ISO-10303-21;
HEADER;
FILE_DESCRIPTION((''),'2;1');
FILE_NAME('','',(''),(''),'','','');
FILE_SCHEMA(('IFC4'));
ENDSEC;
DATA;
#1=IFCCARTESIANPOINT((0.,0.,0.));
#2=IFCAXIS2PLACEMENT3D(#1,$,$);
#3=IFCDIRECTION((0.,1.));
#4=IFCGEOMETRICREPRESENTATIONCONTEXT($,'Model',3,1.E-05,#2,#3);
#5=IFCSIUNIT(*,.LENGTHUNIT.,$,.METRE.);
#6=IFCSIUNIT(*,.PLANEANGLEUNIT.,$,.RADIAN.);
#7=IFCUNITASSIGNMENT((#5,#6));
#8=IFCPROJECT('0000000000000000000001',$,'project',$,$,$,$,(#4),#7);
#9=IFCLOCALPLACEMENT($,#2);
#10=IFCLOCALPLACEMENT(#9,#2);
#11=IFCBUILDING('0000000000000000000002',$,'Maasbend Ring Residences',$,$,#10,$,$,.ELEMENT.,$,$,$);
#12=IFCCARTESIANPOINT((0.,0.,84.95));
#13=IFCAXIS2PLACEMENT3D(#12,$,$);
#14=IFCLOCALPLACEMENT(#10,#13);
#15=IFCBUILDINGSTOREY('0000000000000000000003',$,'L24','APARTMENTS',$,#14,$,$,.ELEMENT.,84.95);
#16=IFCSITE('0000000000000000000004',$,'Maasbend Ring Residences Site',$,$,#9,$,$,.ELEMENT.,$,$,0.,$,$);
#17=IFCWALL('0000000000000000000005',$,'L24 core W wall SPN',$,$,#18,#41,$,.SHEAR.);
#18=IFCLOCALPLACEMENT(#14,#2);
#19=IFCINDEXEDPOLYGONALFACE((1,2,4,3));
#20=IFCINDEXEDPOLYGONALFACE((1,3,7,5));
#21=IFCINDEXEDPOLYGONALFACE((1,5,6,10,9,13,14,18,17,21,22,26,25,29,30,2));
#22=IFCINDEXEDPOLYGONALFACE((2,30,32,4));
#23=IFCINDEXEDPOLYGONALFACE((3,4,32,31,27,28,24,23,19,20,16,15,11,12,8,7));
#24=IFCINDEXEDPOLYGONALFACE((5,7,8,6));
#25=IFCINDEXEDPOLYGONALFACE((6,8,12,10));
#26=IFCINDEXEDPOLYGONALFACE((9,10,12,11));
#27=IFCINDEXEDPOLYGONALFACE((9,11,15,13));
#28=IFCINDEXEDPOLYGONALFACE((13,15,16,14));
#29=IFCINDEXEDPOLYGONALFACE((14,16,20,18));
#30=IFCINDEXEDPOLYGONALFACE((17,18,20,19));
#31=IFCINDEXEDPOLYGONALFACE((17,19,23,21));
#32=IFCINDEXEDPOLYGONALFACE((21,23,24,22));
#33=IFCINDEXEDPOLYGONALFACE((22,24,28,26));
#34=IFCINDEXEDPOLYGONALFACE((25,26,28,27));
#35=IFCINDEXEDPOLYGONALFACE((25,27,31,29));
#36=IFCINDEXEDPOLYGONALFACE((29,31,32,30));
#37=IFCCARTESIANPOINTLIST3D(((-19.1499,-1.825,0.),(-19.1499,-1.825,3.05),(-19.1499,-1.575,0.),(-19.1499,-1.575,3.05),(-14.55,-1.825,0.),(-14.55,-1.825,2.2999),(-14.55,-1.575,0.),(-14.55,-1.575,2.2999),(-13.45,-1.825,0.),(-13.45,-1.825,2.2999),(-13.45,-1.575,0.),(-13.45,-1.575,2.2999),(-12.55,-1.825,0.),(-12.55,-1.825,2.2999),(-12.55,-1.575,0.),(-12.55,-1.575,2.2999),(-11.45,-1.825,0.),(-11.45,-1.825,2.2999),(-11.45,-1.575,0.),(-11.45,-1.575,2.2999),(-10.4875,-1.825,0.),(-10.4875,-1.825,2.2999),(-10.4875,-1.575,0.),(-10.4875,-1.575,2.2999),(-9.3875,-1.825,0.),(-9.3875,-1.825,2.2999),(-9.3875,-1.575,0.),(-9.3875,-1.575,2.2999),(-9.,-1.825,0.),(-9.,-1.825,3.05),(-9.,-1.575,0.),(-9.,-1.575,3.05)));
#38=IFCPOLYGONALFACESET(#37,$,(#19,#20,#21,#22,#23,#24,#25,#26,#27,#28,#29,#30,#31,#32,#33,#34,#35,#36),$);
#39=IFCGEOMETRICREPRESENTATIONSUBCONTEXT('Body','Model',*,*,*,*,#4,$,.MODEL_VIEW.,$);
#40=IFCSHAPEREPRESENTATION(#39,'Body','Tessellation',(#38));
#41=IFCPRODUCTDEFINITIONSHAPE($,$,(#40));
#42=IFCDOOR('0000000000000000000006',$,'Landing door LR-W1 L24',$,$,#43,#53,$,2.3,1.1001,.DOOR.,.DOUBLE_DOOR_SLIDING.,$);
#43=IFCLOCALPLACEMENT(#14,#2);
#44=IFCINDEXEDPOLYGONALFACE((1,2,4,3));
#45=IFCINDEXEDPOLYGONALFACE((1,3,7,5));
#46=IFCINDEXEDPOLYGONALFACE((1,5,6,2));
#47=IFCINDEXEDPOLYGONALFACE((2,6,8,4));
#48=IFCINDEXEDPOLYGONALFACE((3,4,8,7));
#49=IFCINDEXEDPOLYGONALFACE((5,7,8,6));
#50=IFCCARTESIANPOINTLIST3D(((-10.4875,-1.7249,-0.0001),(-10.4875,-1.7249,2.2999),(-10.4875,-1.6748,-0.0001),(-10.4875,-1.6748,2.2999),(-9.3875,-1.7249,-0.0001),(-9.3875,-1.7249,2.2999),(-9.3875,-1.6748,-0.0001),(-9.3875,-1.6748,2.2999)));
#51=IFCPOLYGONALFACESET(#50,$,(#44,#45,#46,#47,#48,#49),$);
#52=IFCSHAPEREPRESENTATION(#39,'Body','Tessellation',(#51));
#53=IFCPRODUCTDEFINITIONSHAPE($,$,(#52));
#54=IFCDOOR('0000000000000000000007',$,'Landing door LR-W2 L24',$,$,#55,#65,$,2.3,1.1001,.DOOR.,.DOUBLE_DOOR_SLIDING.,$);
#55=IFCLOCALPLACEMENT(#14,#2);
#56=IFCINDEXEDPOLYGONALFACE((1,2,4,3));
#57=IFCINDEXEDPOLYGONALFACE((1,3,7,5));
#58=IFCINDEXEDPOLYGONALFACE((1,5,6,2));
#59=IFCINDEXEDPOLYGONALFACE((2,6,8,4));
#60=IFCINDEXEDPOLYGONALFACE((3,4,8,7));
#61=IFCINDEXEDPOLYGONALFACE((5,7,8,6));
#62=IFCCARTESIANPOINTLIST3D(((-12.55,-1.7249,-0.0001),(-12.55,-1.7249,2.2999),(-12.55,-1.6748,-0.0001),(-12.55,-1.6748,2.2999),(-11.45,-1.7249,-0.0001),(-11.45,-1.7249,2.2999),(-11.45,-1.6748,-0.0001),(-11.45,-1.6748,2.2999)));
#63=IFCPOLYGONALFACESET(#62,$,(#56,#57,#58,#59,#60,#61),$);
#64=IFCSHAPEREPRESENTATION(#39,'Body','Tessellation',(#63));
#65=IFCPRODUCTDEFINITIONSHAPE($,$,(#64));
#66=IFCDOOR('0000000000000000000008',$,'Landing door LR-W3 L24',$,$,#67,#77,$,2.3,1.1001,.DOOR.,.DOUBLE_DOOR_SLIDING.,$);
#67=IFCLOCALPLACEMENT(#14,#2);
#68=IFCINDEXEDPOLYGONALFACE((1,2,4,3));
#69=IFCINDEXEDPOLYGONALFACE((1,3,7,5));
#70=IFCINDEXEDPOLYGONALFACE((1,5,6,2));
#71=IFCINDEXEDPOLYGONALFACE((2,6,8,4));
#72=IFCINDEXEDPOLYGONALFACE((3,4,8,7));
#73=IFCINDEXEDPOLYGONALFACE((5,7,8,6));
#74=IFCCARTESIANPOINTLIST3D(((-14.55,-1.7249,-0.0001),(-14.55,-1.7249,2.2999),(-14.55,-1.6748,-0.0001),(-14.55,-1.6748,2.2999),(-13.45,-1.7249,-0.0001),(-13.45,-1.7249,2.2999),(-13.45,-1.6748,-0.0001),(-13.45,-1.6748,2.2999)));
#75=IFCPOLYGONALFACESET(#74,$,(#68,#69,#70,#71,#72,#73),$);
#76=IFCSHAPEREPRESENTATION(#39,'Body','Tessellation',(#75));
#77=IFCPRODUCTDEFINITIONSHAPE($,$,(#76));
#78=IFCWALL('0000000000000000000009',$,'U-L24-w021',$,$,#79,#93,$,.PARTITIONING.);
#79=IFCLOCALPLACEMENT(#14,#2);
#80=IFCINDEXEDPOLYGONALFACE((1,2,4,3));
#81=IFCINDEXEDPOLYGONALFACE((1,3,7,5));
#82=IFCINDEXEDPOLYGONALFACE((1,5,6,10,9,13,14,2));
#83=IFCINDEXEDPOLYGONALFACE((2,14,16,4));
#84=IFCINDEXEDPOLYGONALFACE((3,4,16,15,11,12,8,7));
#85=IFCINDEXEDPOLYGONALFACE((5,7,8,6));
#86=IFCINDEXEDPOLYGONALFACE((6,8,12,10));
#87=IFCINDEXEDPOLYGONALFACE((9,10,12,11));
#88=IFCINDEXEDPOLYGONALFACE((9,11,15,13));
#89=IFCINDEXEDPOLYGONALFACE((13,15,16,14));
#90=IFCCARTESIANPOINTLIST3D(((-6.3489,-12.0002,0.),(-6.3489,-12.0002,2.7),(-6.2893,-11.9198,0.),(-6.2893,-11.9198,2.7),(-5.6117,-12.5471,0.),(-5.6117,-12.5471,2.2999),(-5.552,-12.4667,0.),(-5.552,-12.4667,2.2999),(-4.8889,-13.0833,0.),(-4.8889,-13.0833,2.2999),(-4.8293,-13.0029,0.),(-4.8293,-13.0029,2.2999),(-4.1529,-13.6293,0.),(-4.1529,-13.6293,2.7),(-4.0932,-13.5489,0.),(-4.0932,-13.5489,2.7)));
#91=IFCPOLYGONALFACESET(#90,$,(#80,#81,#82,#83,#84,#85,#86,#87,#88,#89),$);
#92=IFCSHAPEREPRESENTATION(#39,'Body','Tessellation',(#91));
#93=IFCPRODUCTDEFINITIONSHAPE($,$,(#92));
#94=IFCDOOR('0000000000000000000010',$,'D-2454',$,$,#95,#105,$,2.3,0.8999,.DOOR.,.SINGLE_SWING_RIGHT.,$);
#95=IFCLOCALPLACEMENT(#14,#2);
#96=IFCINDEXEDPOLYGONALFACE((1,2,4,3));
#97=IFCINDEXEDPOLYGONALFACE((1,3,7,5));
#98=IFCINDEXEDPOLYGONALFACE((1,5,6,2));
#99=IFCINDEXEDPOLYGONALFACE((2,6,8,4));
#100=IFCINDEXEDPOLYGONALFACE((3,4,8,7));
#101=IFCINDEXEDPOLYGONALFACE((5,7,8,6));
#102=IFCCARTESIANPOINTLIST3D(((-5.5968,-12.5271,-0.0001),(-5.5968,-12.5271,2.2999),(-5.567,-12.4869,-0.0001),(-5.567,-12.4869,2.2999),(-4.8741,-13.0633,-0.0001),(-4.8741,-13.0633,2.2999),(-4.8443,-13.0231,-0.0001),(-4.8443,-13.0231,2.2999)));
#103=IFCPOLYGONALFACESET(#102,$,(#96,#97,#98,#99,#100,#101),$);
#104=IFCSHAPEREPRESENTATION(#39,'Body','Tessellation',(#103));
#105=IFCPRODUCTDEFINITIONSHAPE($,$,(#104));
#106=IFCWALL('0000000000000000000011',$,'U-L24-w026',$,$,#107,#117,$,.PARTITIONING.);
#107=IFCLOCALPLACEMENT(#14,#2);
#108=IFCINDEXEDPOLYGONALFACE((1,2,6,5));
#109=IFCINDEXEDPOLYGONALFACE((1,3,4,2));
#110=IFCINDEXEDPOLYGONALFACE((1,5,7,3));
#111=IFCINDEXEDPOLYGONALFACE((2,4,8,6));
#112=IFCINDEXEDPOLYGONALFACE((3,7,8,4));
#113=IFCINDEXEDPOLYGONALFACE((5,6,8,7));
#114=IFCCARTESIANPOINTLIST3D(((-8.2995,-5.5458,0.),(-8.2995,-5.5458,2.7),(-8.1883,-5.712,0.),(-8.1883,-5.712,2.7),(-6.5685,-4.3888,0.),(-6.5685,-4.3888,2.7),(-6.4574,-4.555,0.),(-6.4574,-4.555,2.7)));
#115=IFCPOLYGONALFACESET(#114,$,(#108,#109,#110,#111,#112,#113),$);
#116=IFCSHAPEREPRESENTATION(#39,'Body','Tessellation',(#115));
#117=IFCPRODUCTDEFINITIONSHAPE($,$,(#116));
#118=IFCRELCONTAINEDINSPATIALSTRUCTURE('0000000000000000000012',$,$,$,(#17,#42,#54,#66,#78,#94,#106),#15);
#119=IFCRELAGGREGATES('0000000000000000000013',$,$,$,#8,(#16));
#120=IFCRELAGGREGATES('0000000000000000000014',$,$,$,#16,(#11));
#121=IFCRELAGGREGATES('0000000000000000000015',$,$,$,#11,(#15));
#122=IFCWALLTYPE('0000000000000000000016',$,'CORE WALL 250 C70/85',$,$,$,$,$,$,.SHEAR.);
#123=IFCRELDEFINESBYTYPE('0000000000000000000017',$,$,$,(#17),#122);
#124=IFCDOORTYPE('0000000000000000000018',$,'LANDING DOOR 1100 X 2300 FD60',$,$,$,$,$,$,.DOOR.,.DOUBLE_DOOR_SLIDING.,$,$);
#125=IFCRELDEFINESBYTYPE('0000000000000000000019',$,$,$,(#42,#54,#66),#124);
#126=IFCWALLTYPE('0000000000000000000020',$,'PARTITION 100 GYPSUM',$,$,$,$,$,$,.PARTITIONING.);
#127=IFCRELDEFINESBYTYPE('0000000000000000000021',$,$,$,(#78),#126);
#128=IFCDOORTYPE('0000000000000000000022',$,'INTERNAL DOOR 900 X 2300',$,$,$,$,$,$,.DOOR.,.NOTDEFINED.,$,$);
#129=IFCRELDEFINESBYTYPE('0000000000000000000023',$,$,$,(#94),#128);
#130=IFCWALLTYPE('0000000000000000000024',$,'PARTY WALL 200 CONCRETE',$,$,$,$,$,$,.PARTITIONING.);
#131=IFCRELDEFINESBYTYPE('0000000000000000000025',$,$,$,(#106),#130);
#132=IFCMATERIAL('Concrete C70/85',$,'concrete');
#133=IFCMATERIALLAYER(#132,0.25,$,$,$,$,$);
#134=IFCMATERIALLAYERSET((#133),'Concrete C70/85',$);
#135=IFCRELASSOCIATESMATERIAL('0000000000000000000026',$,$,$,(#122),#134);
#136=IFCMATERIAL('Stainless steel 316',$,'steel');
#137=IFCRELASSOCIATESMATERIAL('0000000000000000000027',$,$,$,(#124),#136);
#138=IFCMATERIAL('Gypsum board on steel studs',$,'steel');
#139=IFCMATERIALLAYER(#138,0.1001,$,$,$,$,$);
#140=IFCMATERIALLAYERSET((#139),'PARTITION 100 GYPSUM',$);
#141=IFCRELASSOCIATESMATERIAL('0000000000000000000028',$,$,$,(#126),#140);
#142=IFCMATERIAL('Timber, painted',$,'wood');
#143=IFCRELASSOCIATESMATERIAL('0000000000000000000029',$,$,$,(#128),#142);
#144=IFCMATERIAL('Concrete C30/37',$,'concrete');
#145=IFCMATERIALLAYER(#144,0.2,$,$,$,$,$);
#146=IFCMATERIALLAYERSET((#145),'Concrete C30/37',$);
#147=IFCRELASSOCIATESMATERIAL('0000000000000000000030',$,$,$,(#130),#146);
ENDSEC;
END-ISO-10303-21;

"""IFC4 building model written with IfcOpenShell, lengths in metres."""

from ifc_helpers import new_model, si_unit, direction, frame, frame_2d, origin, place, context, subcontext, project, spatial, rectangle, extrude, material, layer, layer_set, type_object, element, fill, save


model = new_model("IFC4")

# Units and contexts
model_context = context("Model", 3, precision=1e-05, world=origin(), true_north=direction((0.0, 1.0)))
body_context = subcontext(model_context, "Body", "Model", "MODEL_VIEW")
ifc_project = project(units=[si_unit("LENGTHUNIT", "METRE"), si_unit("PLANEANGLEUNIT", "RADIAN")], contexts=[model_context])

# Site, building, storey
site_placement = place(None, origin())
site = spatial("IfcSite", under=ifc_project, at=site_placement, Name="Maasbend Ring Residences Site", CompositionType="ELEMENT", RefElevation=0.0)
building_placement = place(site_placement, origin())
building = spatial("IfcBuilding", under=site, at=building_placement, Name="Maasbend Ring Residences", CompositionType="ELEMENT")
storey_placement = place(building_placement, frame((0.0, 0.0, 84.95)))
storey = spatial("IfcBuildingStorey", under=building, at=storey_placement, Name="L24", Description="APARTMENTS", CompositionType="ELEMENT", Elevation=84.95)

# Wall, openings, doors
ifc_material_1 = material(Name="Concrete C70/85", Category="concrete")
ifc_layer_1 = layer(ifc_material_1, 0.25)
ifc_layer_set_1 = layer_set([ifc_layer_1], Name="Concrete C70/85")
wall_type_1 = type_object("IfcWallType", Name="CORE WALL 250 C70/85", PredefinedType="SHEAR", material=ifc_layer_set_1)
wall_1_placement = place(storey_placement, frame((-9.0, -1.7, 0.0), z_axis=(0.0, 0.0, 1.0), x_axis=(-1.0, 0.0, 0.0)))
wall_1 = element("IfcWall", 1, at=wall_1_placement, inside=storey, type_object=wall_type_1, Name="L24 core W wall SPN", PredefinedType="SHEAR", context=body_context, shape_type="SweptSolid", body=[
    extrude(rectangle(XDim=10.1499, YDim=0.25, at=frame_2d((5.075, 0.0))), origin(), (0.0, 0.0, 1.0), 3.05),
])
opening_1_placement = place(wall_1_placement, frame((0.3875, 0.0, 0.0)))
opening_1 = element("IfcOpeningElement", 2, at=opening_1_placement, cuts=wall_1, PredefinedType="OPENING", context=body_context, shape_type="SweptSolid", body=[
    extrude(rectangle(XDim=1.1001, YDim=2.3, at=frame_2d((0.55, 1.1499))), frame((0.0, 0.135, 0.0), z_axis=(0.0, -1.0, 0.0), x_axis=(1.0, 0.0, 0.0)), (0.0, 0.0, 1.0), 0.27),
])
opening_2_placement = place(wall_1_placement, frame((2.45, 0.0, 0.0)))
opening_2 = element("IfcOpeningElement", 3, at=opening_2_placement, cuts=wall_1, PredefinedType="OPENING", context=body_context, shape_type="SweptSolid", body=[
    extrude(rectangle(XDim=1.1001, YDim=2.3, at=frame_2d((0.55, 1.1499))), frame((0.0, 0.135, 0.0), z_axis=(0.0, -1.0, 0.0), x_axis=(1.0, 0.0, 0.0)), (0.0, 0.0, 1.0), 0.27),
])
opening_3_placement = place(wall_1_placement, frame((4.45, 0.0, 0.0)))
opening_3 = element("IfcOpeningElement", 4, at=opening_3_placement, cuts=wall_1, PredefinedType="OPENING", context=body_context, shape_type="SweptSolid", body=[
    extrude(rectangle(XDim=1.1001, YDim=2.3, at=frame_2d((0.55, 1.1499))), frame((0.0, 0.135, 0.0), z_axis=(0.0, -1.0, 0.0), x_axis=(1.0, 0.0, 0.0)), (0.0, 0.0, 1.0), 0.27),
])
ifc_material_2 = material(Name="Stainless steel 316", Category="steel")
door_type_1 = type_object("IfcDoorType", Name="LANDING DOOR 1100 X 2300 FD60", OperationType="DOUBLE_DOOR_SLIDING", PredefinedType="DOOR", material=ifc_material_2)
door_1_placement = place(opening_1_placement, origin())
door_1 = element("IfcDoor", 5, at=door_1_placement, inside=storey, type_object=door_type_1, Name="Landing door LR-W1 L24", OperationType="DOUBLE_DOOR_SLIDING", OverallHeight=2.3, OverallWidth=1.1001, PredefinedType="DOOR", context=body_context, shape_type="SweptSolid", body=[
    extrude(rectangle(XDim=1.1001, YDim=2.3, at=frame_2d((0.55, 1.1499))), frame((0.0, 0.0249, 0.0), z_axis=(0.0, -1.0, 0.0), x_axis=(1.0, 0.0, 0.0)), (0.0, 0.0, 1.0), 0.05),
])
fill(opening_1, door_1)
door_2_placement = place(opening_2_placement, origin())
door_2 = element("IfcDoor", 6, at=door_2_placement, inside=storey, type_object=door_type_1, Name="Landing door LR-W2 L24", OperationType="DOUBLE_DOOR_SLIDING", OverallHeight=2.3, OverallWidth=1.1001, PredefinedType="DOOR", context=body_context, shape_type="SweptSolid", body=[
    extrude(rectangle(XDim=1.1001, YDim=2.3, at=frame_2d((0.55, 1.1499))), frame((0.0, 0.0249, 0.0), z_axis=(0.0, -1.0, 0.0), x_axis=(1.0, 0.0, 0.0)), (0.0, 0.0, 1.0), 0.05),
])
fill(opening_2, door_2)
door_3_placement = place(opening_3_placement, origin())
door_3 = element("IfcDoor", 7, at=door_3_placement, inside=storey, type_object=door_type_1, Name="Landing door LR-W3 L24", OperationType="DOUBLE_DOOR_SLIDING", OverallHeight=2.3, OverallWidth=1.1001, PredefinedType="DOOR", context=body_context, shape_type="SweptSolid", body=[
    extrude(rectangle(XDim=1.1001, YDim=2.3, at=frame_2d((0.55, 1.1499))), frame((0.0, 0.0249, 0.0), z_axis=(0.0, -1.0, 0.0), x_axis=(1.0, 0.0, 0.0)), (0.0, 0.0, 1.0), 0.05),
])
fill(opening_3, door_3)

# Wall, opening, door
ifc_material_3 = material(Name="Gypsum board on steel studs", Category="steel")
ifc_layer_2 = layer(ifc_material_3, 0.1001)
ifc_layer_set_2 = layer_set([ifc_layer_2], Name="PARTITION 100 GYPSUM")
wall_type_2 = type_object("IfcWallType", Name="PARTITION 100 GYPSUM", PredefinedType="PARTITIONING", material=ifc_layer_set_2)
wall_2_placement = place(storey_placement, frame((-6.3191, -11.96, 0.0), z_axis=(0.0, 0.0, 1.0), x_axis=(0.803128, -0.595806, 0.0)))
wall_2 = element("IfcWall", 8, at=wall_2_placement, inside=storey, type_object=wall_type_2, Name="U-L24-w021", PredefinedType="PARTITIONING", context=body_context, shape_type="SweptSolid", body=[
    extrude(rectangle(XDim=2.7344, YDim=0.1001, at=frame_2d((1.3672, 0.0))), origin(), (0.0, 0.0, 1.0), 2.7),
])
opening_4_placement = place(wall_2_placement, frame((0.918, 0.0, 0.0)))
opening_4 = element("IfcOpeningElement", 9, at=opening_4_placement, cuts=wall_2, PredefinedType="OPENING", context=body_context, shape_type="SweptSolid", body=[
    extrude(rectangle(XDim=0.8999, YDim=2.3, at=frame_2d((0.45, 1.1499))), frame((0.0, 0.0601, 0.0), z_axis=(0.0, -1.0, 0.0), x_axis=(1.0, 0.0, 0.0)), (0.0, 0.0, 1.0), 0.1201),
])
ifc_material_4 = material(Name="Timber, painted", Category="wood")
door_type_2 = type_object("IfcDoorType", Name="INTERNAL DOOR 900 X 2300", OperationType="NOTDEFINED", PredefinedType="DOOR", material=ifc_material_4)
door_4_placement = place(opening_4_placement, origin())
door_4 = element("IfcDoor", 10, at=door_4_placement, inside=storey, type_object=door_type_2, Name="D-2454", OperationType="SINGLE_SWING_RIGHT", OverallHeight=2.3, OverallWidth=0.8999, PredefinedType="DOOR", context=body_context, shape_type="SweptSolid", body=[
    extrude(rectangle(XDim=0.8999, YDim=2.3, at=frame_2d((0.45, 1.1499))), frame((0.0, 0.0249, 0.0), z_axis=(0.0, -1.0, 0.0), x_axis=(1.0, 0.0, 0.0)), (0.0, 0.0, 1.0), 0.05),
])
fill(opening_4, door_4)

# Wall
ifc_material_5 = material(Name="Concrete C30/37", Category="concrete")
ifc_layer_3 = layer(ifc_material_5, 0.2)
ifc_layer_set_3 = layer_set([ifc_layer_3], Name="Concrete C30/37")
wall_type_3 = type_object("IfcWallType", Name="PARTY WALL 200 CONCRETE", PredefinedType="PARTITIONING", material=ifc_layer_set_3)
wall_3_placement = place(storey_placement, frame((-6.5129, -4.4719, 0.0), z_axis=(0.0, 0.0, 1.0), x_axis=(-0.831382, -0.555701, 0.0)))
element("IfcWall", 11, at=wall_3_placement, inside=storey, type_object=wall_type_3, Name="U-L24-w026", PredefinedType="PARTITIONING", context=body_context, shape_type="SweptSolid", body=[
    extrude(rectangle(XDim=2.082, YDim=0.2, at=frame_2d((1.041, 0.0))), origin(), (0.0, 0.0, 1.0), 2.7),
])

save(model, "model.ifc")
